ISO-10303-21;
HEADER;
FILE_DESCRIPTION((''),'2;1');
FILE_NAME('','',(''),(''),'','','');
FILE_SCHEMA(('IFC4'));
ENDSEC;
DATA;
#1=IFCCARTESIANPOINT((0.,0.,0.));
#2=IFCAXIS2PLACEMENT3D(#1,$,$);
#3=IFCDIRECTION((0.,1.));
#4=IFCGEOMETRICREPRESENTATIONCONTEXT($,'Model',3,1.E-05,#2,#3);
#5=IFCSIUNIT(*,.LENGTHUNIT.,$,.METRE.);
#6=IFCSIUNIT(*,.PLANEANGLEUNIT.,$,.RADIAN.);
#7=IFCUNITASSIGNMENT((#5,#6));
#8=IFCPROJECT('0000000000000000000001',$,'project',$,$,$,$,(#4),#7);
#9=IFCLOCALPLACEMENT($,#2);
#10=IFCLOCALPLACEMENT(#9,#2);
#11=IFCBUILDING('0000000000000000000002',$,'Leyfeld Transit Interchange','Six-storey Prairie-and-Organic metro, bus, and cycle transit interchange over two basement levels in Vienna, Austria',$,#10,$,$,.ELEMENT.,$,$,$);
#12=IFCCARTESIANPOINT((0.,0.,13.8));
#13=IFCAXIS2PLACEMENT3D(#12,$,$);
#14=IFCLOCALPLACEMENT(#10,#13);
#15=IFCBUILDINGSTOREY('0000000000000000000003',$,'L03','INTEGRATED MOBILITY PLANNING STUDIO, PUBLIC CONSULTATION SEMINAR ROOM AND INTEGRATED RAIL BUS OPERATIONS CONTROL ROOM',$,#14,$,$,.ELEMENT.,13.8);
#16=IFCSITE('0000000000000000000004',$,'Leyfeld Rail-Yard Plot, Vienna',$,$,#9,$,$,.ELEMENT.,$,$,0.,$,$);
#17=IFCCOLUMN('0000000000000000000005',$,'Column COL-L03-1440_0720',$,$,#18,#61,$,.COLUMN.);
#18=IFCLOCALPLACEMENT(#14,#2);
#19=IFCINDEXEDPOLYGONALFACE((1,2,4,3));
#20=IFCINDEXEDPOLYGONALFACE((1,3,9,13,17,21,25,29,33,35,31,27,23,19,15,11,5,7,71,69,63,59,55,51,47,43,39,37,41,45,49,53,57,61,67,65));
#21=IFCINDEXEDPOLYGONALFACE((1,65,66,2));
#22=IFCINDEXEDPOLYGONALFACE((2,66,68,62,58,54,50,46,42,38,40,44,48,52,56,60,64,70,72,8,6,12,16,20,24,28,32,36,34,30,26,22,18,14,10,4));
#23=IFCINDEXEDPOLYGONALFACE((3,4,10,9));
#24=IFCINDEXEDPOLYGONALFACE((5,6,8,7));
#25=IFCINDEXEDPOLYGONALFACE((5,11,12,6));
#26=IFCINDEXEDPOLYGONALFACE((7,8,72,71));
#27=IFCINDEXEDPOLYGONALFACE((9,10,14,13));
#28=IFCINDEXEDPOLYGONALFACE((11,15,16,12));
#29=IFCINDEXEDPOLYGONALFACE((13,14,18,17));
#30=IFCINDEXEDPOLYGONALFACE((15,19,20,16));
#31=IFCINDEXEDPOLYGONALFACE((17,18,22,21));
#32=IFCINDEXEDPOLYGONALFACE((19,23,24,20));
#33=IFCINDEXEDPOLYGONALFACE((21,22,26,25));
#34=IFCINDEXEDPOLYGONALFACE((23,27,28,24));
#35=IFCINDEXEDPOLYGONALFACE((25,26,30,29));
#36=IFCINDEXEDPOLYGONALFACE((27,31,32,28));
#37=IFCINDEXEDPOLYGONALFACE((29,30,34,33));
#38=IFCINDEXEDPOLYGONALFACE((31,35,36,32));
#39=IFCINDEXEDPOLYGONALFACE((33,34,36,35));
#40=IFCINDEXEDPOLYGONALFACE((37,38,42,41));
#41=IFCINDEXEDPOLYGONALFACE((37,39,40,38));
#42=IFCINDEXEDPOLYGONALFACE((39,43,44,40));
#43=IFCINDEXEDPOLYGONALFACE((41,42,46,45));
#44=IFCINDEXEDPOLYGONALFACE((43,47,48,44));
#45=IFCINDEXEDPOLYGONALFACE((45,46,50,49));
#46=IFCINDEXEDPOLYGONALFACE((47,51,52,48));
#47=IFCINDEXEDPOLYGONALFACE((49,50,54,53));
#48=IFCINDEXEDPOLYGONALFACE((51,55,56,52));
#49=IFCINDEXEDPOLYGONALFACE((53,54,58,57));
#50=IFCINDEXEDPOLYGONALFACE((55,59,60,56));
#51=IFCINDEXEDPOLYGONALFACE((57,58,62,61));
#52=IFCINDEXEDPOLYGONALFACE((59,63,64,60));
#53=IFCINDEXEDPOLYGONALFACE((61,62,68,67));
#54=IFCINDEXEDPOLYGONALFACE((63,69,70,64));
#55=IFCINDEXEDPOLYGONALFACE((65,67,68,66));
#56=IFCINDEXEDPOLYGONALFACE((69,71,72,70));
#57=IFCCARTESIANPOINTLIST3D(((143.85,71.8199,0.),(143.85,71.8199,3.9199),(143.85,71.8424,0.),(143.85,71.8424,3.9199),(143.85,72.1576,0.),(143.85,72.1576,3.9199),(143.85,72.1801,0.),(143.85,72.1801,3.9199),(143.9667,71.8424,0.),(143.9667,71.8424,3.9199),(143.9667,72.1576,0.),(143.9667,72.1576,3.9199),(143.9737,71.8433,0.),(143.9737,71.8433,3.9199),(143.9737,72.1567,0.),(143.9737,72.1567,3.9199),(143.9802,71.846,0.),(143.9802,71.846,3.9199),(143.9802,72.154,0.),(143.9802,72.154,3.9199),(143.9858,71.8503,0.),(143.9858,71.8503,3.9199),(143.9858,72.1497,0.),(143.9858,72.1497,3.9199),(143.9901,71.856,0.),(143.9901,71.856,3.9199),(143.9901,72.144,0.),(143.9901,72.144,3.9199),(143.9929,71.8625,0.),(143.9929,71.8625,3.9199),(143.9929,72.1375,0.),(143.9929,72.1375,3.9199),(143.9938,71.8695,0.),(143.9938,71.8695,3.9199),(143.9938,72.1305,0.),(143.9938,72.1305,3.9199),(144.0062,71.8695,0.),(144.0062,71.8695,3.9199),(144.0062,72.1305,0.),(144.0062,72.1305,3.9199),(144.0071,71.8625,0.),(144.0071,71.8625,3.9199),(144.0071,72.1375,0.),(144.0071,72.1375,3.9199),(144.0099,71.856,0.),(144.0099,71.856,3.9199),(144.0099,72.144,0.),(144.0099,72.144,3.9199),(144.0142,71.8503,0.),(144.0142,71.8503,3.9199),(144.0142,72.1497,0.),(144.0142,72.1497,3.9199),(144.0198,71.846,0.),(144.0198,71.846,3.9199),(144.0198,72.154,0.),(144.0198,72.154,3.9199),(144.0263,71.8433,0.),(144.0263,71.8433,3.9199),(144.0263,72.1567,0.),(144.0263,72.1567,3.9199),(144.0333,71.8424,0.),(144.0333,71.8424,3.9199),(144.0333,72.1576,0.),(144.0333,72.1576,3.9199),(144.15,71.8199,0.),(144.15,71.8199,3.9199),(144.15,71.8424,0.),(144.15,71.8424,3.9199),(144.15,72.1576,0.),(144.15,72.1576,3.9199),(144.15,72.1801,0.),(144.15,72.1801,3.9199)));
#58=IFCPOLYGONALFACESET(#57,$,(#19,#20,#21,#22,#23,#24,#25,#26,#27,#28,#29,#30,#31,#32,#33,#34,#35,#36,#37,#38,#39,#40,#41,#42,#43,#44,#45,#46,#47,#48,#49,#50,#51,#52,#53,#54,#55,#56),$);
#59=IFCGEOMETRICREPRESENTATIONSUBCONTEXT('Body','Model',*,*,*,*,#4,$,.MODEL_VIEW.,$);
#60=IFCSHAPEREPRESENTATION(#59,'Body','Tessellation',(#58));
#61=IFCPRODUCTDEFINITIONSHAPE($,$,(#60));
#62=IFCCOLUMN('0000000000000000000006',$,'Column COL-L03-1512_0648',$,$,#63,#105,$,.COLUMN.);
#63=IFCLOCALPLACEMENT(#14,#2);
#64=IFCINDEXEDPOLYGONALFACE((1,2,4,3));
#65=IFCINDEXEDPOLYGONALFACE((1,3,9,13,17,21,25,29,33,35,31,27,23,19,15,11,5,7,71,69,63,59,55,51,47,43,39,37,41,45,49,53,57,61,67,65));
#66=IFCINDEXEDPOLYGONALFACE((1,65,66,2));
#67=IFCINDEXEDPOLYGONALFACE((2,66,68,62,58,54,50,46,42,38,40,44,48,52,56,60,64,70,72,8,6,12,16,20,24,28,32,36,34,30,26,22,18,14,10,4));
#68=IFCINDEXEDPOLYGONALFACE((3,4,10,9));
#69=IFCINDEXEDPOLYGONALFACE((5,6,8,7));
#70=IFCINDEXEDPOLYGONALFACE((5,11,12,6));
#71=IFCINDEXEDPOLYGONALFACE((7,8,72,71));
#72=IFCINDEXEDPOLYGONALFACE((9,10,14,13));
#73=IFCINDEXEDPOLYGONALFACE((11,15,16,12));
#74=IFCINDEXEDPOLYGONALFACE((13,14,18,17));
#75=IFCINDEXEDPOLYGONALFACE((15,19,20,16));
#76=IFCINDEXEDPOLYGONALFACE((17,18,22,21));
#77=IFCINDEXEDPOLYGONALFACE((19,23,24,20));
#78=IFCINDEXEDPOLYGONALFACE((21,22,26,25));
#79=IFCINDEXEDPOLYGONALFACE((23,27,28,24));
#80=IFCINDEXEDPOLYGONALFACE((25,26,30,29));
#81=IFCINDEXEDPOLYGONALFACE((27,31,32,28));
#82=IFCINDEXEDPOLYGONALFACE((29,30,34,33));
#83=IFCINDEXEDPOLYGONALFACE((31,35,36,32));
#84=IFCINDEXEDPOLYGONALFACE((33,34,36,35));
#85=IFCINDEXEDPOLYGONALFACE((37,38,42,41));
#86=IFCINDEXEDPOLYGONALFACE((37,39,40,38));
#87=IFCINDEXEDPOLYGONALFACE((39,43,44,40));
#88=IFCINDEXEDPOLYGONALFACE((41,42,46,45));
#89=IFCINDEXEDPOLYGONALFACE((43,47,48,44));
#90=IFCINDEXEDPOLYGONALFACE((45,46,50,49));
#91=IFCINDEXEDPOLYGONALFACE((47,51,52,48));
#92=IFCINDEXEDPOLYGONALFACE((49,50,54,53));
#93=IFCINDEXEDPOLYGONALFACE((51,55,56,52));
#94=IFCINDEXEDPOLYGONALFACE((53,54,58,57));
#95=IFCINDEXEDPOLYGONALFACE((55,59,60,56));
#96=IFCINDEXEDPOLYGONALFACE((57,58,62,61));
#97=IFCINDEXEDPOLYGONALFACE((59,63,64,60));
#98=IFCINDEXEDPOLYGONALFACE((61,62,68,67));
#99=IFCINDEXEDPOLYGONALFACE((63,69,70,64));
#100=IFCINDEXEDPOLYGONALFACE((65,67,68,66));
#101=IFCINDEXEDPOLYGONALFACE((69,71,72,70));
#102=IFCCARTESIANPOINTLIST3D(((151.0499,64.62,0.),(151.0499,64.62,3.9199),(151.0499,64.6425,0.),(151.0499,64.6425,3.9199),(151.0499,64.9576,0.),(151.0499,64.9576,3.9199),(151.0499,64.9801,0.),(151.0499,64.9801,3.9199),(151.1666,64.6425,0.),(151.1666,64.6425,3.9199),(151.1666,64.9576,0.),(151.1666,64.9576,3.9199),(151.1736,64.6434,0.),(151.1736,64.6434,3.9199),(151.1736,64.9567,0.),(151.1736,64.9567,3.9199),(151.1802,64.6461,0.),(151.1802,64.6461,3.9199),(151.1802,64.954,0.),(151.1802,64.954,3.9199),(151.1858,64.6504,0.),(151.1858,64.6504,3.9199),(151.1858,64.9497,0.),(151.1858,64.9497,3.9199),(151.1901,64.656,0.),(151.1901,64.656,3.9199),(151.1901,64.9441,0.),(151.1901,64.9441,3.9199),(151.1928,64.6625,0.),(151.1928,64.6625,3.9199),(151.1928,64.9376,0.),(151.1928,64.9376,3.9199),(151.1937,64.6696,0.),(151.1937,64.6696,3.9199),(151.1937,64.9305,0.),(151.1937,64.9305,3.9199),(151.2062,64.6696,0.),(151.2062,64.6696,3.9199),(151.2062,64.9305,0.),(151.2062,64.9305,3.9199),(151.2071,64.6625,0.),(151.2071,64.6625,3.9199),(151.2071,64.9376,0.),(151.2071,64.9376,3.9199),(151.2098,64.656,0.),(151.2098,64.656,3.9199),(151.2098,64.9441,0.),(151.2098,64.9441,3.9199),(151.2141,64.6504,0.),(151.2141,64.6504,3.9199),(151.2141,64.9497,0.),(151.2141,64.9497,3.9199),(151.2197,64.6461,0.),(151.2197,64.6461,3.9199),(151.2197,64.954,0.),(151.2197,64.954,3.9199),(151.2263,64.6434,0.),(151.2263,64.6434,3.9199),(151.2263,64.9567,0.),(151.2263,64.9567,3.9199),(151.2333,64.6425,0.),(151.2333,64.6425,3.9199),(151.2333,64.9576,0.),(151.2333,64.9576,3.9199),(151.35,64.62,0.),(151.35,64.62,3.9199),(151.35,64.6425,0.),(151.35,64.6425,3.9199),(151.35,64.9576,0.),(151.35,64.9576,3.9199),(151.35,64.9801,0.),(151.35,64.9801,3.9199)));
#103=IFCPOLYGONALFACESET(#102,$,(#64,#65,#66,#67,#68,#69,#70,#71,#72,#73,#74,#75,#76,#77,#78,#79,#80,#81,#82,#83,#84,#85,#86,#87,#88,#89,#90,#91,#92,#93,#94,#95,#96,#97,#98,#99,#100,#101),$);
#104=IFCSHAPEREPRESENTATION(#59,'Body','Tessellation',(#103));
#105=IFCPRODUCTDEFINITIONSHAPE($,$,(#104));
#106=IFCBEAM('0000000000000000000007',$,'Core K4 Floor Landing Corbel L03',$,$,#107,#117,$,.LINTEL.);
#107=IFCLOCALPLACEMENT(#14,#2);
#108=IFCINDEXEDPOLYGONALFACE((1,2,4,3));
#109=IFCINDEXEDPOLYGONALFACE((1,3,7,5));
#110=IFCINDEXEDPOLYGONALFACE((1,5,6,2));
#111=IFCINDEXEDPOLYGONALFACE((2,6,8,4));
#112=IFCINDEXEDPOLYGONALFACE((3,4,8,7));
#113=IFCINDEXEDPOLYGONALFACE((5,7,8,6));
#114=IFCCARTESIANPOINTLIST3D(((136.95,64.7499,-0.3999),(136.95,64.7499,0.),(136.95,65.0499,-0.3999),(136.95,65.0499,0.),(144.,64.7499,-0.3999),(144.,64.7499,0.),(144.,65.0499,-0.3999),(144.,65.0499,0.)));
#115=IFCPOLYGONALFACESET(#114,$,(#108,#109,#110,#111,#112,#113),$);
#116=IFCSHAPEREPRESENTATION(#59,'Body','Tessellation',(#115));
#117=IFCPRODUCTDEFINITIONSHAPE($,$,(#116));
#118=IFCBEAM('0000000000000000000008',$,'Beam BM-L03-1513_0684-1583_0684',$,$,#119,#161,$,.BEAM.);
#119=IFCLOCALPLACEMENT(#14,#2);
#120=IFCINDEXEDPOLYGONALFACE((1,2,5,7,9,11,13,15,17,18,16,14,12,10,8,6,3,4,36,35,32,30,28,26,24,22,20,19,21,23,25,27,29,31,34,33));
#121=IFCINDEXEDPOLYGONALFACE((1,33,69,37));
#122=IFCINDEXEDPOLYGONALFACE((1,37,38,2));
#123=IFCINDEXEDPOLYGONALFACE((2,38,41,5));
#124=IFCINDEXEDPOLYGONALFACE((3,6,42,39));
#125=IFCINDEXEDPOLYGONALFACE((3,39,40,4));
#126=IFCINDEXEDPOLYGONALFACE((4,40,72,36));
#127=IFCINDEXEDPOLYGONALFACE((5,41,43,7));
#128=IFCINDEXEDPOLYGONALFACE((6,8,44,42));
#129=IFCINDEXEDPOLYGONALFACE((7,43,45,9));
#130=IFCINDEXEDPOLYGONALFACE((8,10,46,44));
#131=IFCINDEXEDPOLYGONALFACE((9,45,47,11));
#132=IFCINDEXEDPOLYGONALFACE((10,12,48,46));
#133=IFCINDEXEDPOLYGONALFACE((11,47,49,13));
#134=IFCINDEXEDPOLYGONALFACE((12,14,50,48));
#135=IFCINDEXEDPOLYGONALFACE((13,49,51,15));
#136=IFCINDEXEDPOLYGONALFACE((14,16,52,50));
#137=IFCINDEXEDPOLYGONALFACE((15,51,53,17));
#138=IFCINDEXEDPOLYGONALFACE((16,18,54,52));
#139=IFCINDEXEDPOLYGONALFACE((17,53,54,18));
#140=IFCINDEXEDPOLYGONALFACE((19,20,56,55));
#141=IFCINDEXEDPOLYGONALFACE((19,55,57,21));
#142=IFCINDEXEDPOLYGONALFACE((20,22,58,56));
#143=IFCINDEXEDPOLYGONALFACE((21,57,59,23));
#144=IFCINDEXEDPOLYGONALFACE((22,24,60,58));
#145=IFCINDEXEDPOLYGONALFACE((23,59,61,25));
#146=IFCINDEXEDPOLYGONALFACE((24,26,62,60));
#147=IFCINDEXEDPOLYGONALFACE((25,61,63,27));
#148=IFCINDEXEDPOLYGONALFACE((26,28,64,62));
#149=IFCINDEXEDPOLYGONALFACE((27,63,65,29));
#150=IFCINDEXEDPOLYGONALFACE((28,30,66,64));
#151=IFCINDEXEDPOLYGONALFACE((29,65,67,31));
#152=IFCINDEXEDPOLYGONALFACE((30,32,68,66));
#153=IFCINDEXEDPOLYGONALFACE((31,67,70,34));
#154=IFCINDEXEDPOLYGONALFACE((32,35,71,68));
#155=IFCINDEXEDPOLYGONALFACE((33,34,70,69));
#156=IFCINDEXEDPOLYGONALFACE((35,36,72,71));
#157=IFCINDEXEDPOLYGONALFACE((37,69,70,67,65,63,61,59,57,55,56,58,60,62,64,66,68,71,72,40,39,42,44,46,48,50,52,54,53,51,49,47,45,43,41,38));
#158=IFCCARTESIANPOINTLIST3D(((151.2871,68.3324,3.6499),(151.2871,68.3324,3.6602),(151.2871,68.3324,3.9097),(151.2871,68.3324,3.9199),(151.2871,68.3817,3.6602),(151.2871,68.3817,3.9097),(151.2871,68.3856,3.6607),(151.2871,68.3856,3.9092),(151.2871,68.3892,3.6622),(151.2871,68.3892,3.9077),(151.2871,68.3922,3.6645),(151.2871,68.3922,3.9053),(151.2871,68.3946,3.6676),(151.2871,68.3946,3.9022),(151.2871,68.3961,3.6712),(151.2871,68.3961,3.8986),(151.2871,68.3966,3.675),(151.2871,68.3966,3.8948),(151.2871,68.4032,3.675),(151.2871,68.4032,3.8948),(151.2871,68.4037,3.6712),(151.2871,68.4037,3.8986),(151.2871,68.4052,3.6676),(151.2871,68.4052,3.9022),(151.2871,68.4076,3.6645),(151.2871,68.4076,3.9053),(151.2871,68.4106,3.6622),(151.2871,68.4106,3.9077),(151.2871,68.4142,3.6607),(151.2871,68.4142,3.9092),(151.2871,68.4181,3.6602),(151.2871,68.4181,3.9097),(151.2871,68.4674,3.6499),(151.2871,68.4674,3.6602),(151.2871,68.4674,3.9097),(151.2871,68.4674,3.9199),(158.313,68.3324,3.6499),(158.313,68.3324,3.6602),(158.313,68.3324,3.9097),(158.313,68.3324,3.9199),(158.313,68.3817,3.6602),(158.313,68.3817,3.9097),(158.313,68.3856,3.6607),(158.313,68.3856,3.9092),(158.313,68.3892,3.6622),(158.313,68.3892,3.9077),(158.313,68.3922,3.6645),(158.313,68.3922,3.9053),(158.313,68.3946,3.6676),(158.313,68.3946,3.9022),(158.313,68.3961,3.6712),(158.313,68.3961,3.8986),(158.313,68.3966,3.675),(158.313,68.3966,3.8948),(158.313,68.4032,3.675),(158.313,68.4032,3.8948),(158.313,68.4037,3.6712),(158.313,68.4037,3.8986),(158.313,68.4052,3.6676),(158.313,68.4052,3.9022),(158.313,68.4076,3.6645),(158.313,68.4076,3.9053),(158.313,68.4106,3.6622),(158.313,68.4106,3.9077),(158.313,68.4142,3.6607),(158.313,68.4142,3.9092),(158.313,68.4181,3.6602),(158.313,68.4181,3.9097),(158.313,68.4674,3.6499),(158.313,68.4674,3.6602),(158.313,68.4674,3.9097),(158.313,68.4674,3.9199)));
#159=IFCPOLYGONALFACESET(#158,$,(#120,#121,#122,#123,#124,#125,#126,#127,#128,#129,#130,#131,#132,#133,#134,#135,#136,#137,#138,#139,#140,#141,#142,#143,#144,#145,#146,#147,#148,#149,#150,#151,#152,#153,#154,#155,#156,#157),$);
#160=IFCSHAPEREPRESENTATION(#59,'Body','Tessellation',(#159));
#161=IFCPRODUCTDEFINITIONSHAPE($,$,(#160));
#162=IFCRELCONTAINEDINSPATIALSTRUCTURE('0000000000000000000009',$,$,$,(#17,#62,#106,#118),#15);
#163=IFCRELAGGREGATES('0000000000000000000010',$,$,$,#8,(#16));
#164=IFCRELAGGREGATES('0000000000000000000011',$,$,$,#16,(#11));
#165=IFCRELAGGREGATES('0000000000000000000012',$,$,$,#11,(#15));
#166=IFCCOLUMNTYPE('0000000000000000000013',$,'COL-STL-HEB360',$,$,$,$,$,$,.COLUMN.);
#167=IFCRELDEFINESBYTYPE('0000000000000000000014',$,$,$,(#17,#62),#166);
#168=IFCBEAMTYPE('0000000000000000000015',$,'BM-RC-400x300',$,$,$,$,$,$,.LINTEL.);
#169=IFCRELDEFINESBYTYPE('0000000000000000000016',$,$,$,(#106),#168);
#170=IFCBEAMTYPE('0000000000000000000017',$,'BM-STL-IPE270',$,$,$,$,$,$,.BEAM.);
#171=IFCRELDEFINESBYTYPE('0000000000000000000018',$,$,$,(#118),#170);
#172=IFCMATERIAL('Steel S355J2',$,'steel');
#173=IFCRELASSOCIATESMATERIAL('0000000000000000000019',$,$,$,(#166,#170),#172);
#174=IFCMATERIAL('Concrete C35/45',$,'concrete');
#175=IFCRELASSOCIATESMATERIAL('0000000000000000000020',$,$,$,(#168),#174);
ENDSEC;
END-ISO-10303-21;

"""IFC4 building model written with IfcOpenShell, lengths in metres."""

from ifc_helpers import new_model, si_unit, direction, frame, origin, origin_2d, place, context, subcontext, project, spatial, rectangle, i_section, extrude, material, material_profile, profile_set, type_object, element, save


model = new_model("IFC4")

# Units and contexts
model_context = context("Model", 3, precision=1e-05, world=origin(), true_north=direction((0.0, 1.0)))
body_context = subcontext(model_context, "Body", "Model", "MODEL_VIEW")
ifc_project = project(units=[si_unit("LENGTHUNIT", "METRE"), si_unit("PLANEANGLEUNIT", "RADIAN")], contexts=[model_context])

# Site, building, storey
site_placement = place(None, origin())
site = spatial("IfcSite", under=ifc_project, at=site_placement, Name="Leyfeld Rail-Yard Plot, Vienna", CompositionType="ELEMENT", RefElevation=0.0)
building_placement = place(site_placement, origin())
building = spatial("IfcBuilding", under=site, at=building_placement, Name="Leyfeld Transit Interchange", Description="Six-storey Prairie-and-Organic metro, bus, and cycle transit interchange over two basement levels in Vienna, Austria", CompositionType="ELEMENT")
storey_placement = place(building_placement, frame((0.0, 0.0, 13.8)))
storey = spatial("IfcBuildingStorey", under=building, at=storey_placement, Name="L03", Description="INTEGRATED MOBILITY PLANNING STUDIO, PUBLIC CONSULTATION SEMINAR ROOM AND INTEGRATED RAIL BUS OPERATIONS CONTROL ROOM", CompositionType="ELEMENT", Elevation=13.8)

# Columns
ifc_material_1 = material(Name="Steel S355J2", Category="steel")
ifc_material_profile_1 = material_profile(ifc_material_1, i_section(OverallWidth=0.3, OverallDepth=0.3601, WebThickness=0.0125, FlangeThickness=0.0225, FilletRadius=0.0271, at=origin_2d()), Name="HEB 360")
ifc_profile_set_1 = profile_set([ifc_material_profile_1], Name="Steel S355J2")
column_type = type_object("IfcColumnType", Name="COL-STL-HEB360", PredefinedType="COLUMN", material=ifc_profile_set_1)
for number, where, z_axis, x_axis, name in (
    (1, (144.0, 72.0, 0.0), (0.0, 0.0, 1.0), (1.0, 0.0, 0.0), "Column COL-L03-1440_0720"),
    (2, (151.2, 64.8, 0.0), (0.0, 0.0, 1.0), (1.0, 0.0, 0.0), "Column COL-L03-1512_0648"),
):
    element("IfcColumn", number, at=place(storey_placement, frame(where, z_axis=z_axis, x_axis=x_axis)), inside=storey, type_object=column_type, Name=name, PredefinedType="COLUMN", context=body_context, shape_type="SweptSolid", body=[
        extrude(i_section(OverallWidth=0.3, OverallDepth=0.3601, WebThickness=0.0125, FlangeThickness=0.0225, FilletRadius=0.0271, at=origin_2d()), origin(), (0.0, 0.0, 1.0), 3.9199),
    ])

# Beams
ifc_material_2 = material(Name="Concrete C35/45", Category="concrete")
ifc_material_profile_2 = material_profile(ifc_material_2, rectangle(XDim=0.3, YDim=0.3999, at=origin_2d()), Name="RC 400x300")
ifc_profile_set_2 = profile_set([ifc_material_profile_2], Name="Concrete C35/45")
beam_type_1 = type_object("IfcBeamType", Name="BM-RC-400x300", PredefinedType="LINTEL", material=ifc_profile_set_2)
beam_1_placement = place(storey_placement, frame((136.95, 64.8999, -0.2), z_axis=(1.0, 0.0, 0.0), x_axis=(0.0, 1.0, 0.0)))
element("IfcBeam", 3, at=beam_1_placement, inside=storey, type_object=beam_type_1, Name="Core K4 Floor Landing Corbel L03", PredefinedType="LINTEL", context=body_context, shape_type="SweptSolid", body=[
    extrude(rectangle(XDim=0.3, YDim=0.3999, at=origin_2d()), origin(), (0.0, 0.0, 1.0), 7.05),
])
ifc_material_profile_3 = material_profile(ifc_material_1, i_section(OverallWidth=0.135, OverallDepth=0.27, WebThickness=0.0066, FlangeThickness=0.0103, FilletRadius=0.0149, at=origin_2d()), Name="IPE 270")
ifc_profile_set_3 = profile_set([ifc_material_profile_3], Name="Steel S355J2")
beam_type_2 = type_object("IfcBeamType", Name="BM-STL-IPE270", PredefinedType="BEAM", material=ifc_profile_set_3)
beam_2_placement = place(storey_placement, frame((151.2871, 68.3999, 3.7849), z_axis=(1.0, 0.0, 0.0), x_axis=(0.0, 1.0, 0.0)))
element("IfcBeam", 4, at=beam_2_placement, inside=storey, type_object=beam_type_2, Name="Beam BM-L03-1513_0684-1583_0684", PredefinedType="BEAM", context=body_context, shape_type="SweptSolid", body=[
    extrude(i_section(OverallWidth=0.135, OverallDepth=0.27, WebThickness=0.0066, FlangeThickness=0.0103, FilletRadius=0.0149, at=origin_2d()), origin(), (0.0, 0.0, 1.0), 7.0259),
])

save(model, "model.ifc")
